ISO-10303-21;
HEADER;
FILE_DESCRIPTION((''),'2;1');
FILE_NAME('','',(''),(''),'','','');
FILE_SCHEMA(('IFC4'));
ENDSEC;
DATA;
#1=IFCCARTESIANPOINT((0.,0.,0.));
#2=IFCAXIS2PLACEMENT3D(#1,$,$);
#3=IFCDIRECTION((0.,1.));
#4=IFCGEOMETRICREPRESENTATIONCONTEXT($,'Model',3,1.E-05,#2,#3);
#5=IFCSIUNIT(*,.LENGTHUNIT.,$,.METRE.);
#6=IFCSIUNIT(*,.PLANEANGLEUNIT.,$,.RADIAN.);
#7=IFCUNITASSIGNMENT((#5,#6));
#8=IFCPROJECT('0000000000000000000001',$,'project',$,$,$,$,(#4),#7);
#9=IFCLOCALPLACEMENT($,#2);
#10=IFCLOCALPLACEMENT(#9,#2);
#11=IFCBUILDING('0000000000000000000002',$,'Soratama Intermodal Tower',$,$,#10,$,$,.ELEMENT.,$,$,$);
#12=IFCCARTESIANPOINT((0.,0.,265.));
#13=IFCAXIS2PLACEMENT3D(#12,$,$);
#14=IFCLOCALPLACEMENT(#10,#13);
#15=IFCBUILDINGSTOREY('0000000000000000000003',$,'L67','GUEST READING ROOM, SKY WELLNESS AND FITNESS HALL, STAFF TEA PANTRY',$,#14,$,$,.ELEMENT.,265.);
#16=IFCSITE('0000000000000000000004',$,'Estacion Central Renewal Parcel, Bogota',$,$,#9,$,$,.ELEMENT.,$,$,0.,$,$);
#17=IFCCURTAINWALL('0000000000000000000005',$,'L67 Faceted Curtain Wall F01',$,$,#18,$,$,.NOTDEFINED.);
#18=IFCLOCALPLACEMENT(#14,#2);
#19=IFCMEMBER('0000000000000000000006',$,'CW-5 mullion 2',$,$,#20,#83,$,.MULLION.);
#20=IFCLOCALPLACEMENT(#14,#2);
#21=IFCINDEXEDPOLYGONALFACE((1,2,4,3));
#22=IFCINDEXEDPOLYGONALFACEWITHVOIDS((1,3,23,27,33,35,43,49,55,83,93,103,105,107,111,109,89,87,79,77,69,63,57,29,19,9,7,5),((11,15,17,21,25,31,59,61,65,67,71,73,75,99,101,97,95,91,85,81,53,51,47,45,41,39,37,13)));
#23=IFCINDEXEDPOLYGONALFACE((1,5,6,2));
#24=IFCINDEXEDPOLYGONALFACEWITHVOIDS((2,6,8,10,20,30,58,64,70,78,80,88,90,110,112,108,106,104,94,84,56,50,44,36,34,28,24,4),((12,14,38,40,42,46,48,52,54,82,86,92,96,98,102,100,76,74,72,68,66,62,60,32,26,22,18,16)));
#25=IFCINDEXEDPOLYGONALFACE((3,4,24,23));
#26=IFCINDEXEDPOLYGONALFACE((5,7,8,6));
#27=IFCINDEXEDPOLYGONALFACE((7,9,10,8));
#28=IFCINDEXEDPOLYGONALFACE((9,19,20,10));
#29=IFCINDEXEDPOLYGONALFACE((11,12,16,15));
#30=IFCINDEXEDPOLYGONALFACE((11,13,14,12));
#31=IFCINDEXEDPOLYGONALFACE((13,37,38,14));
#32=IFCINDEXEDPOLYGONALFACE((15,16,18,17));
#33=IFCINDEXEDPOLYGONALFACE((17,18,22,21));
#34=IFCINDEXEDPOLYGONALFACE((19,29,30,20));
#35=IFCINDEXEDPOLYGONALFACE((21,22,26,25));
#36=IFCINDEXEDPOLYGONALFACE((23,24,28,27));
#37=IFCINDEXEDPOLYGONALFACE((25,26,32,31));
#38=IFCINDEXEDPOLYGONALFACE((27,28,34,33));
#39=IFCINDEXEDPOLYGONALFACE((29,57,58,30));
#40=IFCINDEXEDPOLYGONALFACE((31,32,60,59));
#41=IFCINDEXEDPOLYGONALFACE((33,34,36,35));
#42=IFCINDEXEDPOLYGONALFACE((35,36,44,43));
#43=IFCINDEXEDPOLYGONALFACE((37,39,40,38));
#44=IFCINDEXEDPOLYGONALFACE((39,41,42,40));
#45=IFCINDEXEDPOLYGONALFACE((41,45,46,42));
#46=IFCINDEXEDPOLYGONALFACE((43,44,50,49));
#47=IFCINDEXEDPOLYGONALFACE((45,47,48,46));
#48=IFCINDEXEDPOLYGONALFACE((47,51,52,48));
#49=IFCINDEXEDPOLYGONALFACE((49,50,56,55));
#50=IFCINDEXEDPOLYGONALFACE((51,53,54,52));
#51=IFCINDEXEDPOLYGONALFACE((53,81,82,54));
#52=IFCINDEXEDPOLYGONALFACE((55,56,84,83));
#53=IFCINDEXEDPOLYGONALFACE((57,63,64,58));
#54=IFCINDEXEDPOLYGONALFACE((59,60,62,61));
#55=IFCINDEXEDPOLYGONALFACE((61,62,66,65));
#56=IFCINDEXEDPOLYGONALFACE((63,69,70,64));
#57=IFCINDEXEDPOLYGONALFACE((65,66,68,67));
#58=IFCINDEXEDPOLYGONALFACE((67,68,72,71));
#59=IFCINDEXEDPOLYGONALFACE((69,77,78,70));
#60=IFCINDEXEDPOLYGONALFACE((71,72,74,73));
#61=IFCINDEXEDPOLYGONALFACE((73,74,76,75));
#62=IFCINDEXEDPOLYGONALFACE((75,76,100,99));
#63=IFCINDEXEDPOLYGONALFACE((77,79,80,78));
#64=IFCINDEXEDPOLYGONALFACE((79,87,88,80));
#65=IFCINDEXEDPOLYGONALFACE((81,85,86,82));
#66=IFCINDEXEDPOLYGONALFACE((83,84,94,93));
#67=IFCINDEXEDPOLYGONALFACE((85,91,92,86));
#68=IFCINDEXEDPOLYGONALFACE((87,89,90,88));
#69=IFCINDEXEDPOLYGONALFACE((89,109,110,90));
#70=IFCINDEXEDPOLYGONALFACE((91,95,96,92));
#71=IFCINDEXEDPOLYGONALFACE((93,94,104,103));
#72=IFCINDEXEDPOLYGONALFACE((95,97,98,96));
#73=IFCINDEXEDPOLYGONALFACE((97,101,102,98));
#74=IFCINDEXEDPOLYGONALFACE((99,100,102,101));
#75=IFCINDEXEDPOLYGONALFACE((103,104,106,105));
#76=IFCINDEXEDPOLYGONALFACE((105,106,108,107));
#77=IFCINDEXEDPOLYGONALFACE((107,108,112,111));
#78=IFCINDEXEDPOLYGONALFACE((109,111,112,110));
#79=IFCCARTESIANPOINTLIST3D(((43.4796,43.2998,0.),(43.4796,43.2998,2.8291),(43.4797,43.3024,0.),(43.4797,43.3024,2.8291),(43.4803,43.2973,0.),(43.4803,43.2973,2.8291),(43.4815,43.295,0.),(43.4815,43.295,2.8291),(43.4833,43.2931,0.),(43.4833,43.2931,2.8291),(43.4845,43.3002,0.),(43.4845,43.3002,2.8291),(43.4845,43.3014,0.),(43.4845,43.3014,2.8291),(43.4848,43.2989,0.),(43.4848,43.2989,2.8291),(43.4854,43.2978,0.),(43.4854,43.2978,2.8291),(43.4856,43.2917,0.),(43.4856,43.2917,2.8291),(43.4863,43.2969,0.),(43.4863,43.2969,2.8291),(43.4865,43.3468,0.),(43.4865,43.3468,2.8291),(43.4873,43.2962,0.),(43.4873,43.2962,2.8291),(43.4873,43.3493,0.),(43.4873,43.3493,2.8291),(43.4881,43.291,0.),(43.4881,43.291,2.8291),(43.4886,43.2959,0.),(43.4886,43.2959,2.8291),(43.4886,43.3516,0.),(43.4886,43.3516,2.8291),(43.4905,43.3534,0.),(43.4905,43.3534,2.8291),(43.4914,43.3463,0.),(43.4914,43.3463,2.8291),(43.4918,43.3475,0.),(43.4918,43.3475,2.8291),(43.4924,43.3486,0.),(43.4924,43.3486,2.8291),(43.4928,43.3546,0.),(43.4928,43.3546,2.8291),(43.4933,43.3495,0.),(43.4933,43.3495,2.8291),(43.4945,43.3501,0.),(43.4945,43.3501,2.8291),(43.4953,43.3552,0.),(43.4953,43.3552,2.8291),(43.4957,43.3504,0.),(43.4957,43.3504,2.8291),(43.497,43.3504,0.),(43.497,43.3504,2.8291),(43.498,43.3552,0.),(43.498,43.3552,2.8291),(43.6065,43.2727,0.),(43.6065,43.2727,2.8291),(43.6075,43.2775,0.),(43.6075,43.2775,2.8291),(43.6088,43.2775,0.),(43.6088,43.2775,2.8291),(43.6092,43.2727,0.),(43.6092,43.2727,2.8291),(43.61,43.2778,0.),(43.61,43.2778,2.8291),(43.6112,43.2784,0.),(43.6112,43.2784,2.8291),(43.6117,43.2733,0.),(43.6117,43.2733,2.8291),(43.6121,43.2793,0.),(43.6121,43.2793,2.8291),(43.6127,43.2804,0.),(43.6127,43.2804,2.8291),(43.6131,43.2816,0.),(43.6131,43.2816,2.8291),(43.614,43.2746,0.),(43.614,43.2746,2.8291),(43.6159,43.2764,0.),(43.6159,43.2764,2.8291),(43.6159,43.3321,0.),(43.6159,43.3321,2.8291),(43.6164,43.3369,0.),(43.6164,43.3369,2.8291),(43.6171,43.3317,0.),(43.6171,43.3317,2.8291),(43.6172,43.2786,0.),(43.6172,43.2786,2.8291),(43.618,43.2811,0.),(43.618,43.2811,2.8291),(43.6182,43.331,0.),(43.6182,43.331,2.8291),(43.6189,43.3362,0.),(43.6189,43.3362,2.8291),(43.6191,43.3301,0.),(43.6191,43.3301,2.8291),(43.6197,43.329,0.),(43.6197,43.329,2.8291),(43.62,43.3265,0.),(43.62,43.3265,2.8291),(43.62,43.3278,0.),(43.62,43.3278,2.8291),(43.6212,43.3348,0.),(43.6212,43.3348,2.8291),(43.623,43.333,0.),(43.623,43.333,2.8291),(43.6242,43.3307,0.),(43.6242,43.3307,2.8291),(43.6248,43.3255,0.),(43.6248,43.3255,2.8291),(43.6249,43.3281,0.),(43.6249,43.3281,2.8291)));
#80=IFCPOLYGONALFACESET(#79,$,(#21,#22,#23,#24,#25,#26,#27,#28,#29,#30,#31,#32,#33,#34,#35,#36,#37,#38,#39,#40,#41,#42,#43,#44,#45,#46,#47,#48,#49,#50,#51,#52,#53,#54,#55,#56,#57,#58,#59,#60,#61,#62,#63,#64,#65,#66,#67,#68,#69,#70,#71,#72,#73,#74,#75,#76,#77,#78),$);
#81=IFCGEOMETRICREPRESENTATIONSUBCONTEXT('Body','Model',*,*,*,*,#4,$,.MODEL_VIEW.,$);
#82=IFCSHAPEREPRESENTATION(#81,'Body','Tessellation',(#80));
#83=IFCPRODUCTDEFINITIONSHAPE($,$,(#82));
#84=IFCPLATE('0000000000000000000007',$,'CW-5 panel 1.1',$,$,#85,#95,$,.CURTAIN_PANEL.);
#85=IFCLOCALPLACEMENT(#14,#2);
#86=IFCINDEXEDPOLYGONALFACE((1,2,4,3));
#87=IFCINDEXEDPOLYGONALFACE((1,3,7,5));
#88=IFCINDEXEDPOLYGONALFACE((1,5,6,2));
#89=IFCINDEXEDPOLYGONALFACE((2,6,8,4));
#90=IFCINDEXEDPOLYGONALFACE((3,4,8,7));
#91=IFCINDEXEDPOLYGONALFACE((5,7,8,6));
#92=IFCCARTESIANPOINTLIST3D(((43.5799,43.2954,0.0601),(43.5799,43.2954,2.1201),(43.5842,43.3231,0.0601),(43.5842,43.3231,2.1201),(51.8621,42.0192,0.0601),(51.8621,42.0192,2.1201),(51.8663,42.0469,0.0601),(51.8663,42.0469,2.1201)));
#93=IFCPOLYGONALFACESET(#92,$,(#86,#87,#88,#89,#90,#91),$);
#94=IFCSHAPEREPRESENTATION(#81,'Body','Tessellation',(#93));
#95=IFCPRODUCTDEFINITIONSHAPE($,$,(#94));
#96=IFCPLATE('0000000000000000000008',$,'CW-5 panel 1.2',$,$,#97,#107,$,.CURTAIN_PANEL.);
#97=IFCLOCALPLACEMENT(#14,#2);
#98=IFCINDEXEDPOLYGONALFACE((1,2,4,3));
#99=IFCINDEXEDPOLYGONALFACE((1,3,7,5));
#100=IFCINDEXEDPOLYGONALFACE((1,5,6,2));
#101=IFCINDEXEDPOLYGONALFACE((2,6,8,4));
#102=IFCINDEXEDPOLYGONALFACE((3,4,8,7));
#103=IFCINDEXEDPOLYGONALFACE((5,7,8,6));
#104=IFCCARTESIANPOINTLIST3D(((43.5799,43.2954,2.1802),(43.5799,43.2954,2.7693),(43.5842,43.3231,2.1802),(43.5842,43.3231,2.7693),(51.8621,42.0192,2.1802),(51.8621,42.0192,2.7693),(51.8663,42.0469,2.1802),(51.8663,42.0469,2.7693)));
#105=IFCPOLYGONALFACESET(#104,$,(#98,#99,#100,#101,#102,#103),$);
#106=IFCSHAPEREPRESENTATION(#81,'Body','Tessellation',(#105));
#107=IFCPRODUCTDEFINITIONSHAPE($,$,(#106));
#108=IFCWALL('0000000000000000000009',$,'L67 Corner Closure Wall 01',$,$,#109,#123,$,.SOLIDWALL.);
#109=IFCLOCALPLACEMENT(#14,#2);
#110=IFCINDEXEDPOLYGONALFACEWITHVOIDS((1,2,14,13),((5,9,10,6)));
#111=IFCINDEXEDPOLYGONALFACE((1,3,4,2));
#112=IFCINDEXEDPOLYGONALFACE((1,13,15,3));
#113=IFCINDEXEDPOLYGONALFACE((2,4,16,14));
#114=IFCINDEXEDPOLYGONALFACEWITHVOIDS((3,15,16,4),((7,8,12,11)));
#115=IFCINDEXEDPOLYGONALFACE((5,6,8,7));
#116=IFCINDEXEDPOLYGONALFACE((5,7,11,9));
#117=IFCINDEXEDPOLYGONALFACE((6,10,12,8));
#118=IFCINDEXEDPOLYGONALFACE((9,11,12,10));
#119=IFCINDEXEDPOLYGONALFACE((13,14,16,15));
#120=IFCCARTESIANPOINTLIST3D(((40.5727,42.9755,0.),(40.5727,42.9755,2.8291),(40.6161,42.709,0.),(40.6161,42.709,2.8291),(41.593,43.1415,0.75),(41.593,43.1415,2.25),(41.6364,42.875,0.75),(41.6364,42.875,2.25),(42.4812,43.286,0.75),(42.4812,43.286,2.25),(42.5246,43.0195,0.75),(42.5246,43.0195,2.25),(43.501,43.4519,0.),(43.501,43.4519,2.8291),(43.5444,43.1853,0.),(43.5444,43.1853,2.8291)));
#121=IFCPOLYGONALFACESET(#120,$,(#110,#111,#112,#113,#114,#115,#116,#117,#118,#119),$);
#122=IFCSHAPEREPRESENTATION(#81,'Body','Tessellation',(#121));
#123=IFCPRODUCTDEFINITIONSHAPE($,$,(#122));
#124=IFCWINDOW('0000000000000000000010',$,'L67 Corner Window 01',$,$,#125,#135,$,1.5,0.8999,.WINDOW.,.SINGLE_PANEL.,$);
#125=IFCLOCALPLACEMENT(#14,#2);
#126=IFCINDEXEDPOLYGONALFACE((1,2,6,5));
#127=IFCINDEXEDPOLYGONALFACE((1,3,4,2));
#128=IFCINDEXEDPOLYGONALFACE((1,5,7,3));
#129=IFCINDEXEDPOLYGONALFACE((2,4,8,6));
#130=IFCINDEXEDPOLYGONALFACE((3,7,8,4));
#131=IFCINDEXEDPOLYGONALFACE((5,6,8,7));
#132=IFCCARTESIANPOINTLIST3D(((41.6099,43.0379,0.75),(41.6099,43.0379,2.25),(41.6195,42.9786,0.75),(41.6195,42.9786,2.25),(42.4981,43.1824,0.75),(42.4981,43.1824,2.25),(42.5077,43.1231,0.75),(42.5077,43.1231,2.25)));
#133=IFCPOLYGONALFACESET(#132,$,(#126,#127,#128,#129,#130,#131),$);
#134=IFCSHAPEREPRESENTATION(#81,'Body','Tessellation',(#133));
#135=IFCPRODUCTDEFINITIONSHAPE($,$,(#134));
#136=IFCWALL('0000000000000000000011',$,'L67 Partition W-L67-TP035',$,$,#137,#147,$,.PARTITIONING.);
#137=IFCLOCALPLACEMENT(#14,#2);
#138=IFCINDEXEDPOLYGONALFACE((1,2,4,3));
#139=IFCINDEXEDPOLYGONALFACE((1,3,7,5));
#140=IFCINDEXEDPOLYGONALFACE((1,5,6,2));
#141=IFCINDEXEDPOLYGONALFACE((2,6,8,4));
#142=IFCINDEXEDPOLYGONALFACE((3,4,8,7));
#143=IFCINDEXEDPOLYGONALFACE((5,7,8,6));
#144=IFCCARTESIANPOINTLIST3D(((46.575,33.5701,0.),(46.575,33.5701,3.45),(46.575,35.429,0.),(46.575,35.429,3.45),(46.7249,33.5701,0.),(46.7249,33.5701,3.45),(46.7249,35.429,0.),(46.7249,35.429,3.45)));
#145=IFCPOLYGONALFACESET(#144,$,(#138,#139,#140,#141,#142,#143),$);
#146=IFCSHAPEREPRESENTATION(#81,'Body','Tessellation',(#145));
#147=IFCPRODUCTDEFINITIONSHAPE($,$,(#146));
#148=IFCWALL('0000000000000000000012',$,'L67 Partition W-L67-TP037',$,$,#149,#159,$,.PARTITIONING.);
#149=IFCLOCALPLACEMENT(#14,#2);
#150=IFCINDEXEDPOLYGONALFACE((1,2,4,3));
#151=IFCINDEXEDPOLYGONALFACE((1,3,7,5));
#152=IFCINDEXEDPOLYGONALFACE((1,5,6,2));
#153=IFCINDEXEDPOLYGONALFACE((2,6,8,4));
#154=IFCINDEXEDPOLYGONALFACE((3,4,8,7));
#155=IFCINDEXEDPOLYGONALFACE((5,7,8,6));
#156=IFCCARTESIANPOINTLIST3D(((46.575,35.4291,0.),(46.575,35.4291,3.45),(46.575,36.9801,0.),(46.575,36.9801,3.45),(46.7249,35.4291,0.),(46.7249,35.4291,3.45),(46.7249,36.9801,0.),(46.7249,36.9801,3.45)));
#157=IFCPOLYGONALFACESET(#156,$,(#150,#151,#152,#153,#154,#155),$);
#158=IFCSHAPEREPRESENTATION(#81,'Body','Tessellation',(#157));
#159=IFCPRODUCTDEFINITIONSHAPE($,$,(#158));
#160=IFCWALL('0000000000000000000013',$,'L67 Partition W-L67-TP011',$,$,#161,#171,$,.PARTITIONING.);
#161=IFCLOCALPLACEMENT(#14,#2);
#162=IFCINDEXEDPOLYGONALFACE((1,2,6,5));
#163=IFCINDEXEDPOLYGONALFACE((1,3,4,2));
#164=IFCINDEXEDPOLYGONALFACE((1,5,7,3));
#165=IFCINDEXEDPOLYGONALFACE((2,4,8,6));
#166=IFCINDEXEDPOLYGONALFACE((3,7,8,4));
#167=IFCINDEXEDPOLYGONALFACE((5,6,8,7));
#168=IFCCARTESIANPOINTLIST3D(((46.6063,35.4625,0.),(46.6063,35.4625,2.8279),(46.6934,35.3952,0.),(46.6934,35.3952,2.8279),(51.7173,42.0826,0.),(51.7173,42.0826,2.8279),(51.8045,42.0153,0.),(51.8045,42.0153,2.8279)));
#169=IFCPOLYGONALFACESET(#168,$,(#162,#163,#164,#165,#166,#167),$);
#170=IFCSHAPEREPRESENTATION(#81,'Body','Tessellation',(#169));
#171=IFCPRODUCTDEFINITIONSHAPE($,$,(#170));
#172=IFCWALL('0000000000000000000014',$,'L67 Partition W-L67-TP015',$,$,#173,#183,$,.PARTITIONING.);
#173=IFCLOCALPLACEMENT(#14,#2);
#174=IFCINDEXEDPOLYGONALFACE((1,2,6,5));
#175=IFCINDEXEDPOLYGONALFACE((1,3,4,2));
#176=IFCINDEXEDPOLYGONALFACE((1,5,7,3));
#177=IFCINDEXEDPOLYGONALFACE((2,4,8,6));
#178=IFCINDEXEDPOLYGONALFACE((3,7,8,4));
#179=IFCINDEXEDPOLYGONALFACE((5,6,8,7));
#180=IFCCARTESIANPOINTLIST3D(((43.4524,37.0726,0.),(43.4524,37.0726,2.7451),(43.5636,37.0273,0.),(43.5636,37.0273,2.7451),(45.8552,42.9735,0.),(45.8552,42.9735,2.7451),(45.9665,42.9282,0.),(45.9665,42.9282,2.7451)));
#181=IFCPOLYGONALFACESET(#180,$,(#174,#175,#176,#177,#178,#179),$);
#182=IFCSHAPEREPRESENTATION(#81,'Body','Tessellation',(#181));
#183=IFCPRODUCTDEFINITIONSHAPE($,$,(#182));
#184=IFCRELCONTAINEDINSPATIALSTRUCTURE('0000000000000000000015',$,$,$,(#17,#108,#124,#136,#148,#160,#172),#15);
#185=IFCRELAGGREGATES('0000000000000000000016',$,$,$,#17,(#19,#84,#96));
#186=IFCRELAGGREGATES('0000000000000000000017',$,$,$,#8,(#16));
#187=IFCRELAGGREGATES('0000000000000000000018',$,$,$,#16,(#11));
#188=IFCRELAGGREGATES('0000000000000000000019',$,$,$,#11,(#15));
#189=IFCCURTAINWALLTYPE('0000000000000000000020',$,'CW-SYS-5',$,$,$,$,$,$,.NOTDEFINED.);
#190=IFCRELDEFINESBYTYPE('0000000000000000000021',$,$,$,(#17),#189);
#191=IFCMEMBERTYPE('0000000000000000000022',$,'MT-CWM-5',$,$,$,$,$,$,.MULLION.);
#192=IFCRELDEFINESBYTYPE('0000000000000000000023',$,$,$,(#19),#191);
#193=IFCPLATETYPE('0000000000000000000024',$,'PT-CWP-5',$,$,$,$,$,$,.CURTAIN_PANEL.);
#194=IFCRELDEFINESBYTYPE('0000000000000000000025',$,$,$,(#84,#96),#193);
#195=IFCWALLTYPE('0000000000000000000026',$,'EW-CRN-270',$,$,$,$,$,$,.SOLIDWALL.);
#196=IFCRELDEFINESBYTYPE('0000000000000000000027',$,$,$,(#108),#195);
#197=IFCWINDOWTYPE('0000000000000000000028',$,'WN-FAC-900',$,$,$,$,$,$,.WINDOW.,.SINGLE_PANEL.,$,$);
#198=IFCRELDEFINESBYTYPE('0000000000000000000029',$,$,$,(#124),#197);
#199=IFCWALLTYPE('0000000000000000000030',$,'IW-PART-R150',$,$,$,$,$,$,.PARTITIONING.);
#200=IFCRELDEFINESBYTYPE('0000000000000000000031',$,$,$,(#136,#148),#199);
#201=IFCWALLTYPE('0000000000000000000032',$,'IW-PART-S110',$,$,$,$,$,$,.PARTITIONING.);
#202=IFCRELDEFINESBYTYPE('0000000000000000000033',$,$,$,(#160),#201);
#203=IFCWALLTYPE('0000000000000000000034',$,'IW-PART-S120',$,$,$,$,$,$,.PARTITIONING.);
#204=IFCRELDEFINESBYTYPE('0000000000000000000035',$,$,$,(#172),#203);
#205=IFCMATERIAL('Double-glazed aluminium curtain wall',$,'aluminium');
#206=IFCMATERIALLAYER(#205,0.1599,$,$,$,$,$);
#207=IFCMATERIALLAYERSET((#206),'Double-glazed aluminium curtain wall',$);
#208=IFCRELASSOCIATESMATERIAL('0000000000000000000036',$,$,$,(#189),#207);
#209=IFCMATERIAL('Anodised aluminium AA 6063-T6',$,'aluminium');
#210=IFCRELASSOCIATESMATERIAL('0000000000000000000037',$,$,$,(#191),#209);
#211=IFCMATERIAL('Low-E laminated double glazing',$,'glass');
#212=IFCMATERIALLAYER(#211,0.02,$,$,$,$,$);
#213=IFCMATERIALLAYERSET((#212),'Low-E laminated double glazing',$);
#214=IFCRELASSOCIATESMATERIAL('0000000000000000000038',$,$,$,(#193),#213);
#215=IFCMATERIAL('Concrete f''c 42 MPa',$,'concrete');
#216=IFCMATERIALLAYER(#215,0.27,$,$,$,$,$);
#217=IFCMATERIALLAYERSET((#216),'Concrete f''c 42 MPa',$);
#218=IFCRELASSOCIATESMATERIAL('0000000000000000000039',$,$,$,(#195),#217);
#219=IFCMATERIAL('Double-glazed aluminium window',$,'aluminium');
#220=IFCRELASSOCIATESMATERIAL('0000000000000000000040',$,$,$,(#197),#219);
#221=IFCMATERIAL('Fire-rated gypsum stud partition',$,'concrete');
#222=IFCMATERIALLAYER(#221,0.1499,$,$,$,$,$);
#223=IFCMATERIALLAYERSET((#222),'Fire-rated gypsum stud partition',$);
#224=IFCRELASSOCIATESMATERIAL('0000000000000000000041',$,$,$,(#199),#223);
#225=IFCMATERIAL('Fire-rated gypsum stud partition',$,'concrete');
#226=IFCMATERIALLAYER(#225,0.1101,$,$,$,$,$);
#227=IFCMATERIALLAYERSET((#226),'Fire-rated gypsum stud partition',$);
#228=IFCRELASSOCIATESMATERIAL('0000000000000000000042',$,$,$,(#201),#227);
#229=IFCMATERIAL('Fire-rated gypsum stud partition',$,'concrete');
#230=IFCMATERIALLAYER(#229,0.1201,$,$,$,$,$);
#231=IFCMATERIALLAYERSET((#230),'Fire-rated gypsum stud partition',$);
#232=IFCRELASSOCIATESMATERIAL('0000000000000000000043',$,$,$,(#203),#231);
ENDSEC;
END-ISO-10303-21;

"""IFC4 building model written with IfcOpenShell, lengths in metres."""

from ifc_helpers import new_model, si_unit, direction, frame, frame_2d, origin, origin_2d, place, context, subcontext, project, spatial, rectangle, hollow_rectangle, extrude, material, layer, layer_set, material_profile, profile_set, type_object, element, fill, aggregate, save


model = new_model("IFC4")

# Units and contexts
model_context = context("Model", 3, precision=1e-05, world=origin(), true_north=direction((0.0, 1.0)))
body_context = subcontext(model_context, "Body", "Model", "MODEL_VIEW")
ifc_project = project(units=[si_unit("LENGTHUNIT", "METRE"), si_unit("PLANEANGLEUNIT", "RADIAN")], contexts=[model_context])

# Site, building, storey
site_placement = place(None, origin())
site = spatial("IfcSite", under=ifc_project, at=site_placement, Name="Estacion Central Renewal Parcel, Bogota", CompositionType="ELEMENT", RefElevation=0.0)
building_placement = place(site_placement, origin())
building = spatial("IfcBuilding", under=site, at=building_placement, Name="Soratama Intermodal Tower", CompositionType="ELEMENT")
storey_placement = place(building_placement, frame((0.0, 0.0, 265.0)))
storey = spatial("IfcBuildingStorey", under=building, at=storey_placement, Name="L67", Description="GUEST READING ROOM, SKY WELLNESS AND FITNESS HALL, STAFF TEA PANTRY", CompositionType="ELEMENT", Elevation=265.0)

# Curtain wall, member, plates
ifc_material_1 = material(Name="Double-glazed aluminium curtain wall", Category="aluminium")
ifc_layer_1 = layer(ifc_material_1, 0.1599)
ifc_layer_set_1 = layer_set([ifc_layer_1], Name="Double-glazed aluminium curtain wall")
curtain_wall_type = type_object("IfcCurtainWallType", Name="CW-SYS-5", PredefinedType="NOTDEFINED", material=ifc_layer_set_1)
curtain_wall_placement = place(storey_placement, origin())
curtain_wall = element("IfcCurtainWall", 1, at=curtain_wall_placement, inside=storey, type_object=curtain_wall_type, Name="L67 Faceted Curtain Wall F01", PredefinedType="NOTDEFINED")
ifc_material_2 = material(Name="Anodised aluminium AA 6063-T6", Category="aluminium")
ifc_material_profile_1 = material_profile(ifc_material_2, hollow_rectangle(XDim=0.0649, YDim=0.1399, WallThickness=0.0049, InnerFilletRadius=0.0049, OuterFilletRadius=0.01, at=origin_2d()), Name="CWM140X65X5")
ifc_profile_set_1 = profile_set([ifc_material_profile_1], Name="Anodised aluminium AA 6063-T6")
member_type = type_object("IfcMemberType", Name="MT-CWM-5", PredefinedType="MULLION", material=ifc_profile_set_1)
member_placement = place(storey_placement, frame((43.5522, 43.314, 0.0), z_axis=(0.0, 0.0, 1.0), x_axis=(-0.152297, -0.988335, 0.0)))
member = element("IfcMember", 2, at=member_placement, type_object=member_type, Name="CW-5 mullion 2", PredefinedType="MULLION", context=body_context, shape_type="SweptSolid", body=[
    extrude(hollow_rectangle(XDim=0.0649, YDim=0.1399, WallThickness=0.0049, InnerFilletRadius=0.0049, OuterFilletRadius=0.01, at=origin_2d()), origin(), (0.0, 0.0, 1.0), 2.8291),
])
ifc_material_3 = material(Name="Low-E laminated double glazing", Category="glass")
ifc_layer_2 = layer(ifc_material_3, 0.02)
ifc_layer_set_2 = layer_set([ifc_layer_2], Name="Low-E laminated double glazing")
plate_type = type_object("IfcPlateType", Name="PT-CWP-5", PredefinedType="CURTAIN_PANEL", material=ifc_layer_set_2)
plate_1_placement = place(storey_placement, frame((47.7231, 42.6711, 0.0601), z_axis=(0.0, 0.0, 1.0), x_axis=(-0.988335, 0.152297, 0.0)))
plate_1 = element("IfcPlate", 3, at=plate_1_placement, type_object=plate_type, Name="CW-5 panel 1.1", PredefinedType="CURTAIN_PANEL", context=body_context, shape_type="SweptSolid", body=[
    extrude(rectangle(XDim=8.3799, YDim=0.0281, at=origin_2d()), origin(), (0.0, 0.0, 1.0), 2.0601),
])
plate_2_placement = place(storey_placement, frame((47.7231, 42.6711, 2.1802), z_axis=(0.0, 0.0, 1.0), x_axis=(-0.988335, 0.152297, 0.0)))
plate_2 = element("IfcPlate", 4, at=plate_2_placement, type_object=plate_type, Name="CW-5 panel 1.2", PredefinedType="CURTAIN_PANEL", context=body_context, shape_type="SweptSolid", body=[
    extrude(rectangle(XDim=8.3799, YDim=0.0281, at=origin_2d()), origin(), (0.0, 0.0, 1.0), 0.5891),
])
aggregate(curtain_wall, [member, plate_1, plate_2])

# Wall, opening, window
ifc_material_4 = material(Name="Concrete f'c 42 MPa", Category="concrete")
ifc_layer_3 = layer(ifc_material_4, 0.27)
ifc_layer_set_3 = layer_set([ifc_layer_3], Name="Concrete f'c 42 MPa")
wall_type_1 = type_object("IfcWallType", Name="EW-CRN-270", PredefinedType="SOLIDWALL", material=ifc_layer_set_3)
wall_1_placement = place(storey_placement, frame((43.5227, 43.3186, 0.0), z_axis=(0.0, 0.0, 1.0), x_axis=(-0.987027, -0.160554, 0.0)))
wall_1 = element("IfcWall", 5, at=wall_1_placement, inside=storey, type_object=wall_type_1, Name="L67 Corner Closure Wall 01", PredefinedType="SOLIDWALL", context=body_context, shape_type="SweptSolid", body=[
    extrude(rectangle(XDim=2.9668, YDim=0.27, at=frame_2d((1.4834, 0.0))), origin(), (0.0, 0.0, 1.0), 2.8291),
])
opening_1_placement = place(wall_1_placement, frame((1.0332, 0.0, 0.75)))
opening_1 = element("IfcOpeningElement", 6, at=opening_1_placement, cuts=wall_1, PredefinedType="OPENING", context=body_context, shape_type="SweptSolid", body=[
    extrude(rectangle(XDim=0.8999, YDim=1.5, at=frame_2d((0.45, 0.75))), frame((0.0, 0.145, 0.0), z_axis=(0.0, -1.0, 0.0), x_axis=(1.0, 0.0, 0.0)), (0.0, 0.0, 1.0), 0.29),
])
ifc_material_5 = material(Name="Double-glazed aluminium window", Category="aluminium")
window_type = type_object("IfcWindowType", Name="WN-FAC-900", PartitioningType="SINGLE_PANEL", PredefinedType="WINDOW", material=ifc_material_5)
window_placement = place(opening_1_placement, origin())
window = element("IfcWindow", 7, at=window_placement, inside=storey, type_object=window_type, Name="L67 Corner Window 01", OverallHeight=1.5, OverallWidth=0.8999, PartitioningType="SINGLE_PANEL", PredefinedType="WINDOW", context=body_context, shape_type="SweptSolid", body=[
    extrude(rectangle(XDim=0.8999, YDim=1.5, at=frame_2d((0.45, 0.75))), frame((0.0, 0.03, 0.0), z_axis=(0.0, -1.0, 0.0), x_axis=(1.0, 0.0, 0.0)), (0.0, 0.0, 1.0), 0.0601),
])
fill(opening_1, window)

# Shared definitions
ifc_material_6 = material(Name="Fire-rated gypsum stud partition", Category="concrete")
ifc_layer_4 = layer(ifc_material_6, 0.1499)
ifc_layer_set_4 = layer_set([ifc_layer_4], Name="Fire-rated gypsum stud partition")
wall_type_2 = type_object("IfcWallType", Name="IW-PART-R150", PredefinedType="PARTITIONING", material=ifc_layer_set_4)

# Walls
wall_2_placement = place(storey_placement, frame((46.6499, 35.429, 0.0), z_axis=(0.0, 0.0, 1.0), x_axis=(0.0, -1.0, 0.0)))
element("IfcWall", 8, at=wall_2_placement, inside=storey, type_object=wall_type_2, Name="L67 Partition W-L67-TP035", PredefinedType="PARTITIONING", context=body_context, shape_type="SweptSolid", body=[
    extrude(rectangle(XDim=1.8589, YDim=0.1499, at=frame_2d((0.9294, 0.0))), origin(), (0.0, 0.0, 1.0), 3.45),
])
wall_3_placement = place(storey_placement, frame((46.6499, 36.98, 0.0), z_axis=(0.0, 0.0, 1.0), x_axis=(0.0, -1.0, 0.0)))
element("IfcWall", 9, at=wall_3_placement, inside=storey, type_object=wall_type_2, Name="L67 Partition W-L67-TP037", PredefinedType="PARTITIONING", context=body_context, shape_type="SweptSolid", body=[
    extrude(rectangle(XDim=1.551, YDim=0.1499, at=frame_2d((0.7754, 0.0))), origin(), (0.0, 0.0, 1.0), 3.45),
])
ifc_material_7 = material(Name="Fire-rated gypsum stud partition", Category="concrete")
ifc_layer_5 = layer(ifc_material_7, 0.1101)
ifc_layer_set_5 = layer_set([ifc_layer_5], Name="Fire-rated gypsum stud partition")
wall_type_3 = type_object("IfcWallType", Name="IW-PART-S110", PredefinedType="PARTITIONING", material=ifc_layer_set_5)
wall_4_placement = place(storey_placement, frame((46.6499, 35.429, 0.0), z_axis=(0.0, 0.0, 1.0), x_axis=(0.611113, 0.791543, 0.0)))
element("IfcWall", 10, at=wall_4_placement, inside=storey, type_object=wall_type_3, Name="L67 Partition W-L67-TP011", PredefinedType="PARTITIONING", context=body_context, shape_type="SweptSolid", body=[
    extrude(rectangle(XDim=8.3635, YDim=0.1101, at=frame_2d((4.1816, 0.0))), origin(), (0.0, 0.0, 1.0), 2.8279),
])
ifc_material_8 = material(Name="Fire-rated gypsum stud partition", Category="concrete")
ifc_layer_6 = layer(ifc_material_8, 0.1201)
ifc_layer_set_6 = layer_set([ifc_layer_6], Name="Fire-rated gypsum stud partition")
wall_type_4 = type_object("IfcWallType", Name="IW-PART-S120", PredefinedType="PARTITIONING", material=ifc_layer_set_6)
wall_5_placement = place(storey_placement, frame((43.5081, 37.05, 0.0), z_axis=(0.0, 0.0, 1.0), x_axis=(0.377131, 0.92616, 0.0)))
element("IfcWall", 11, at=wall_5_placement, inside=storey, type_object=wall_type_4, Name="L67 Partition W-L67-TP015", PredefinedType="PARTITIONING", context=body_context, shape_type="SweptSolid", body=[
    extrude(rectangle(XDim=6.3713, YDim=0.1201, at=frame_2d((3.1855, 0.0))), origin(), (0.0, 0.0, 1.0), 2.7451),
])

save(model, "model.ifc")
